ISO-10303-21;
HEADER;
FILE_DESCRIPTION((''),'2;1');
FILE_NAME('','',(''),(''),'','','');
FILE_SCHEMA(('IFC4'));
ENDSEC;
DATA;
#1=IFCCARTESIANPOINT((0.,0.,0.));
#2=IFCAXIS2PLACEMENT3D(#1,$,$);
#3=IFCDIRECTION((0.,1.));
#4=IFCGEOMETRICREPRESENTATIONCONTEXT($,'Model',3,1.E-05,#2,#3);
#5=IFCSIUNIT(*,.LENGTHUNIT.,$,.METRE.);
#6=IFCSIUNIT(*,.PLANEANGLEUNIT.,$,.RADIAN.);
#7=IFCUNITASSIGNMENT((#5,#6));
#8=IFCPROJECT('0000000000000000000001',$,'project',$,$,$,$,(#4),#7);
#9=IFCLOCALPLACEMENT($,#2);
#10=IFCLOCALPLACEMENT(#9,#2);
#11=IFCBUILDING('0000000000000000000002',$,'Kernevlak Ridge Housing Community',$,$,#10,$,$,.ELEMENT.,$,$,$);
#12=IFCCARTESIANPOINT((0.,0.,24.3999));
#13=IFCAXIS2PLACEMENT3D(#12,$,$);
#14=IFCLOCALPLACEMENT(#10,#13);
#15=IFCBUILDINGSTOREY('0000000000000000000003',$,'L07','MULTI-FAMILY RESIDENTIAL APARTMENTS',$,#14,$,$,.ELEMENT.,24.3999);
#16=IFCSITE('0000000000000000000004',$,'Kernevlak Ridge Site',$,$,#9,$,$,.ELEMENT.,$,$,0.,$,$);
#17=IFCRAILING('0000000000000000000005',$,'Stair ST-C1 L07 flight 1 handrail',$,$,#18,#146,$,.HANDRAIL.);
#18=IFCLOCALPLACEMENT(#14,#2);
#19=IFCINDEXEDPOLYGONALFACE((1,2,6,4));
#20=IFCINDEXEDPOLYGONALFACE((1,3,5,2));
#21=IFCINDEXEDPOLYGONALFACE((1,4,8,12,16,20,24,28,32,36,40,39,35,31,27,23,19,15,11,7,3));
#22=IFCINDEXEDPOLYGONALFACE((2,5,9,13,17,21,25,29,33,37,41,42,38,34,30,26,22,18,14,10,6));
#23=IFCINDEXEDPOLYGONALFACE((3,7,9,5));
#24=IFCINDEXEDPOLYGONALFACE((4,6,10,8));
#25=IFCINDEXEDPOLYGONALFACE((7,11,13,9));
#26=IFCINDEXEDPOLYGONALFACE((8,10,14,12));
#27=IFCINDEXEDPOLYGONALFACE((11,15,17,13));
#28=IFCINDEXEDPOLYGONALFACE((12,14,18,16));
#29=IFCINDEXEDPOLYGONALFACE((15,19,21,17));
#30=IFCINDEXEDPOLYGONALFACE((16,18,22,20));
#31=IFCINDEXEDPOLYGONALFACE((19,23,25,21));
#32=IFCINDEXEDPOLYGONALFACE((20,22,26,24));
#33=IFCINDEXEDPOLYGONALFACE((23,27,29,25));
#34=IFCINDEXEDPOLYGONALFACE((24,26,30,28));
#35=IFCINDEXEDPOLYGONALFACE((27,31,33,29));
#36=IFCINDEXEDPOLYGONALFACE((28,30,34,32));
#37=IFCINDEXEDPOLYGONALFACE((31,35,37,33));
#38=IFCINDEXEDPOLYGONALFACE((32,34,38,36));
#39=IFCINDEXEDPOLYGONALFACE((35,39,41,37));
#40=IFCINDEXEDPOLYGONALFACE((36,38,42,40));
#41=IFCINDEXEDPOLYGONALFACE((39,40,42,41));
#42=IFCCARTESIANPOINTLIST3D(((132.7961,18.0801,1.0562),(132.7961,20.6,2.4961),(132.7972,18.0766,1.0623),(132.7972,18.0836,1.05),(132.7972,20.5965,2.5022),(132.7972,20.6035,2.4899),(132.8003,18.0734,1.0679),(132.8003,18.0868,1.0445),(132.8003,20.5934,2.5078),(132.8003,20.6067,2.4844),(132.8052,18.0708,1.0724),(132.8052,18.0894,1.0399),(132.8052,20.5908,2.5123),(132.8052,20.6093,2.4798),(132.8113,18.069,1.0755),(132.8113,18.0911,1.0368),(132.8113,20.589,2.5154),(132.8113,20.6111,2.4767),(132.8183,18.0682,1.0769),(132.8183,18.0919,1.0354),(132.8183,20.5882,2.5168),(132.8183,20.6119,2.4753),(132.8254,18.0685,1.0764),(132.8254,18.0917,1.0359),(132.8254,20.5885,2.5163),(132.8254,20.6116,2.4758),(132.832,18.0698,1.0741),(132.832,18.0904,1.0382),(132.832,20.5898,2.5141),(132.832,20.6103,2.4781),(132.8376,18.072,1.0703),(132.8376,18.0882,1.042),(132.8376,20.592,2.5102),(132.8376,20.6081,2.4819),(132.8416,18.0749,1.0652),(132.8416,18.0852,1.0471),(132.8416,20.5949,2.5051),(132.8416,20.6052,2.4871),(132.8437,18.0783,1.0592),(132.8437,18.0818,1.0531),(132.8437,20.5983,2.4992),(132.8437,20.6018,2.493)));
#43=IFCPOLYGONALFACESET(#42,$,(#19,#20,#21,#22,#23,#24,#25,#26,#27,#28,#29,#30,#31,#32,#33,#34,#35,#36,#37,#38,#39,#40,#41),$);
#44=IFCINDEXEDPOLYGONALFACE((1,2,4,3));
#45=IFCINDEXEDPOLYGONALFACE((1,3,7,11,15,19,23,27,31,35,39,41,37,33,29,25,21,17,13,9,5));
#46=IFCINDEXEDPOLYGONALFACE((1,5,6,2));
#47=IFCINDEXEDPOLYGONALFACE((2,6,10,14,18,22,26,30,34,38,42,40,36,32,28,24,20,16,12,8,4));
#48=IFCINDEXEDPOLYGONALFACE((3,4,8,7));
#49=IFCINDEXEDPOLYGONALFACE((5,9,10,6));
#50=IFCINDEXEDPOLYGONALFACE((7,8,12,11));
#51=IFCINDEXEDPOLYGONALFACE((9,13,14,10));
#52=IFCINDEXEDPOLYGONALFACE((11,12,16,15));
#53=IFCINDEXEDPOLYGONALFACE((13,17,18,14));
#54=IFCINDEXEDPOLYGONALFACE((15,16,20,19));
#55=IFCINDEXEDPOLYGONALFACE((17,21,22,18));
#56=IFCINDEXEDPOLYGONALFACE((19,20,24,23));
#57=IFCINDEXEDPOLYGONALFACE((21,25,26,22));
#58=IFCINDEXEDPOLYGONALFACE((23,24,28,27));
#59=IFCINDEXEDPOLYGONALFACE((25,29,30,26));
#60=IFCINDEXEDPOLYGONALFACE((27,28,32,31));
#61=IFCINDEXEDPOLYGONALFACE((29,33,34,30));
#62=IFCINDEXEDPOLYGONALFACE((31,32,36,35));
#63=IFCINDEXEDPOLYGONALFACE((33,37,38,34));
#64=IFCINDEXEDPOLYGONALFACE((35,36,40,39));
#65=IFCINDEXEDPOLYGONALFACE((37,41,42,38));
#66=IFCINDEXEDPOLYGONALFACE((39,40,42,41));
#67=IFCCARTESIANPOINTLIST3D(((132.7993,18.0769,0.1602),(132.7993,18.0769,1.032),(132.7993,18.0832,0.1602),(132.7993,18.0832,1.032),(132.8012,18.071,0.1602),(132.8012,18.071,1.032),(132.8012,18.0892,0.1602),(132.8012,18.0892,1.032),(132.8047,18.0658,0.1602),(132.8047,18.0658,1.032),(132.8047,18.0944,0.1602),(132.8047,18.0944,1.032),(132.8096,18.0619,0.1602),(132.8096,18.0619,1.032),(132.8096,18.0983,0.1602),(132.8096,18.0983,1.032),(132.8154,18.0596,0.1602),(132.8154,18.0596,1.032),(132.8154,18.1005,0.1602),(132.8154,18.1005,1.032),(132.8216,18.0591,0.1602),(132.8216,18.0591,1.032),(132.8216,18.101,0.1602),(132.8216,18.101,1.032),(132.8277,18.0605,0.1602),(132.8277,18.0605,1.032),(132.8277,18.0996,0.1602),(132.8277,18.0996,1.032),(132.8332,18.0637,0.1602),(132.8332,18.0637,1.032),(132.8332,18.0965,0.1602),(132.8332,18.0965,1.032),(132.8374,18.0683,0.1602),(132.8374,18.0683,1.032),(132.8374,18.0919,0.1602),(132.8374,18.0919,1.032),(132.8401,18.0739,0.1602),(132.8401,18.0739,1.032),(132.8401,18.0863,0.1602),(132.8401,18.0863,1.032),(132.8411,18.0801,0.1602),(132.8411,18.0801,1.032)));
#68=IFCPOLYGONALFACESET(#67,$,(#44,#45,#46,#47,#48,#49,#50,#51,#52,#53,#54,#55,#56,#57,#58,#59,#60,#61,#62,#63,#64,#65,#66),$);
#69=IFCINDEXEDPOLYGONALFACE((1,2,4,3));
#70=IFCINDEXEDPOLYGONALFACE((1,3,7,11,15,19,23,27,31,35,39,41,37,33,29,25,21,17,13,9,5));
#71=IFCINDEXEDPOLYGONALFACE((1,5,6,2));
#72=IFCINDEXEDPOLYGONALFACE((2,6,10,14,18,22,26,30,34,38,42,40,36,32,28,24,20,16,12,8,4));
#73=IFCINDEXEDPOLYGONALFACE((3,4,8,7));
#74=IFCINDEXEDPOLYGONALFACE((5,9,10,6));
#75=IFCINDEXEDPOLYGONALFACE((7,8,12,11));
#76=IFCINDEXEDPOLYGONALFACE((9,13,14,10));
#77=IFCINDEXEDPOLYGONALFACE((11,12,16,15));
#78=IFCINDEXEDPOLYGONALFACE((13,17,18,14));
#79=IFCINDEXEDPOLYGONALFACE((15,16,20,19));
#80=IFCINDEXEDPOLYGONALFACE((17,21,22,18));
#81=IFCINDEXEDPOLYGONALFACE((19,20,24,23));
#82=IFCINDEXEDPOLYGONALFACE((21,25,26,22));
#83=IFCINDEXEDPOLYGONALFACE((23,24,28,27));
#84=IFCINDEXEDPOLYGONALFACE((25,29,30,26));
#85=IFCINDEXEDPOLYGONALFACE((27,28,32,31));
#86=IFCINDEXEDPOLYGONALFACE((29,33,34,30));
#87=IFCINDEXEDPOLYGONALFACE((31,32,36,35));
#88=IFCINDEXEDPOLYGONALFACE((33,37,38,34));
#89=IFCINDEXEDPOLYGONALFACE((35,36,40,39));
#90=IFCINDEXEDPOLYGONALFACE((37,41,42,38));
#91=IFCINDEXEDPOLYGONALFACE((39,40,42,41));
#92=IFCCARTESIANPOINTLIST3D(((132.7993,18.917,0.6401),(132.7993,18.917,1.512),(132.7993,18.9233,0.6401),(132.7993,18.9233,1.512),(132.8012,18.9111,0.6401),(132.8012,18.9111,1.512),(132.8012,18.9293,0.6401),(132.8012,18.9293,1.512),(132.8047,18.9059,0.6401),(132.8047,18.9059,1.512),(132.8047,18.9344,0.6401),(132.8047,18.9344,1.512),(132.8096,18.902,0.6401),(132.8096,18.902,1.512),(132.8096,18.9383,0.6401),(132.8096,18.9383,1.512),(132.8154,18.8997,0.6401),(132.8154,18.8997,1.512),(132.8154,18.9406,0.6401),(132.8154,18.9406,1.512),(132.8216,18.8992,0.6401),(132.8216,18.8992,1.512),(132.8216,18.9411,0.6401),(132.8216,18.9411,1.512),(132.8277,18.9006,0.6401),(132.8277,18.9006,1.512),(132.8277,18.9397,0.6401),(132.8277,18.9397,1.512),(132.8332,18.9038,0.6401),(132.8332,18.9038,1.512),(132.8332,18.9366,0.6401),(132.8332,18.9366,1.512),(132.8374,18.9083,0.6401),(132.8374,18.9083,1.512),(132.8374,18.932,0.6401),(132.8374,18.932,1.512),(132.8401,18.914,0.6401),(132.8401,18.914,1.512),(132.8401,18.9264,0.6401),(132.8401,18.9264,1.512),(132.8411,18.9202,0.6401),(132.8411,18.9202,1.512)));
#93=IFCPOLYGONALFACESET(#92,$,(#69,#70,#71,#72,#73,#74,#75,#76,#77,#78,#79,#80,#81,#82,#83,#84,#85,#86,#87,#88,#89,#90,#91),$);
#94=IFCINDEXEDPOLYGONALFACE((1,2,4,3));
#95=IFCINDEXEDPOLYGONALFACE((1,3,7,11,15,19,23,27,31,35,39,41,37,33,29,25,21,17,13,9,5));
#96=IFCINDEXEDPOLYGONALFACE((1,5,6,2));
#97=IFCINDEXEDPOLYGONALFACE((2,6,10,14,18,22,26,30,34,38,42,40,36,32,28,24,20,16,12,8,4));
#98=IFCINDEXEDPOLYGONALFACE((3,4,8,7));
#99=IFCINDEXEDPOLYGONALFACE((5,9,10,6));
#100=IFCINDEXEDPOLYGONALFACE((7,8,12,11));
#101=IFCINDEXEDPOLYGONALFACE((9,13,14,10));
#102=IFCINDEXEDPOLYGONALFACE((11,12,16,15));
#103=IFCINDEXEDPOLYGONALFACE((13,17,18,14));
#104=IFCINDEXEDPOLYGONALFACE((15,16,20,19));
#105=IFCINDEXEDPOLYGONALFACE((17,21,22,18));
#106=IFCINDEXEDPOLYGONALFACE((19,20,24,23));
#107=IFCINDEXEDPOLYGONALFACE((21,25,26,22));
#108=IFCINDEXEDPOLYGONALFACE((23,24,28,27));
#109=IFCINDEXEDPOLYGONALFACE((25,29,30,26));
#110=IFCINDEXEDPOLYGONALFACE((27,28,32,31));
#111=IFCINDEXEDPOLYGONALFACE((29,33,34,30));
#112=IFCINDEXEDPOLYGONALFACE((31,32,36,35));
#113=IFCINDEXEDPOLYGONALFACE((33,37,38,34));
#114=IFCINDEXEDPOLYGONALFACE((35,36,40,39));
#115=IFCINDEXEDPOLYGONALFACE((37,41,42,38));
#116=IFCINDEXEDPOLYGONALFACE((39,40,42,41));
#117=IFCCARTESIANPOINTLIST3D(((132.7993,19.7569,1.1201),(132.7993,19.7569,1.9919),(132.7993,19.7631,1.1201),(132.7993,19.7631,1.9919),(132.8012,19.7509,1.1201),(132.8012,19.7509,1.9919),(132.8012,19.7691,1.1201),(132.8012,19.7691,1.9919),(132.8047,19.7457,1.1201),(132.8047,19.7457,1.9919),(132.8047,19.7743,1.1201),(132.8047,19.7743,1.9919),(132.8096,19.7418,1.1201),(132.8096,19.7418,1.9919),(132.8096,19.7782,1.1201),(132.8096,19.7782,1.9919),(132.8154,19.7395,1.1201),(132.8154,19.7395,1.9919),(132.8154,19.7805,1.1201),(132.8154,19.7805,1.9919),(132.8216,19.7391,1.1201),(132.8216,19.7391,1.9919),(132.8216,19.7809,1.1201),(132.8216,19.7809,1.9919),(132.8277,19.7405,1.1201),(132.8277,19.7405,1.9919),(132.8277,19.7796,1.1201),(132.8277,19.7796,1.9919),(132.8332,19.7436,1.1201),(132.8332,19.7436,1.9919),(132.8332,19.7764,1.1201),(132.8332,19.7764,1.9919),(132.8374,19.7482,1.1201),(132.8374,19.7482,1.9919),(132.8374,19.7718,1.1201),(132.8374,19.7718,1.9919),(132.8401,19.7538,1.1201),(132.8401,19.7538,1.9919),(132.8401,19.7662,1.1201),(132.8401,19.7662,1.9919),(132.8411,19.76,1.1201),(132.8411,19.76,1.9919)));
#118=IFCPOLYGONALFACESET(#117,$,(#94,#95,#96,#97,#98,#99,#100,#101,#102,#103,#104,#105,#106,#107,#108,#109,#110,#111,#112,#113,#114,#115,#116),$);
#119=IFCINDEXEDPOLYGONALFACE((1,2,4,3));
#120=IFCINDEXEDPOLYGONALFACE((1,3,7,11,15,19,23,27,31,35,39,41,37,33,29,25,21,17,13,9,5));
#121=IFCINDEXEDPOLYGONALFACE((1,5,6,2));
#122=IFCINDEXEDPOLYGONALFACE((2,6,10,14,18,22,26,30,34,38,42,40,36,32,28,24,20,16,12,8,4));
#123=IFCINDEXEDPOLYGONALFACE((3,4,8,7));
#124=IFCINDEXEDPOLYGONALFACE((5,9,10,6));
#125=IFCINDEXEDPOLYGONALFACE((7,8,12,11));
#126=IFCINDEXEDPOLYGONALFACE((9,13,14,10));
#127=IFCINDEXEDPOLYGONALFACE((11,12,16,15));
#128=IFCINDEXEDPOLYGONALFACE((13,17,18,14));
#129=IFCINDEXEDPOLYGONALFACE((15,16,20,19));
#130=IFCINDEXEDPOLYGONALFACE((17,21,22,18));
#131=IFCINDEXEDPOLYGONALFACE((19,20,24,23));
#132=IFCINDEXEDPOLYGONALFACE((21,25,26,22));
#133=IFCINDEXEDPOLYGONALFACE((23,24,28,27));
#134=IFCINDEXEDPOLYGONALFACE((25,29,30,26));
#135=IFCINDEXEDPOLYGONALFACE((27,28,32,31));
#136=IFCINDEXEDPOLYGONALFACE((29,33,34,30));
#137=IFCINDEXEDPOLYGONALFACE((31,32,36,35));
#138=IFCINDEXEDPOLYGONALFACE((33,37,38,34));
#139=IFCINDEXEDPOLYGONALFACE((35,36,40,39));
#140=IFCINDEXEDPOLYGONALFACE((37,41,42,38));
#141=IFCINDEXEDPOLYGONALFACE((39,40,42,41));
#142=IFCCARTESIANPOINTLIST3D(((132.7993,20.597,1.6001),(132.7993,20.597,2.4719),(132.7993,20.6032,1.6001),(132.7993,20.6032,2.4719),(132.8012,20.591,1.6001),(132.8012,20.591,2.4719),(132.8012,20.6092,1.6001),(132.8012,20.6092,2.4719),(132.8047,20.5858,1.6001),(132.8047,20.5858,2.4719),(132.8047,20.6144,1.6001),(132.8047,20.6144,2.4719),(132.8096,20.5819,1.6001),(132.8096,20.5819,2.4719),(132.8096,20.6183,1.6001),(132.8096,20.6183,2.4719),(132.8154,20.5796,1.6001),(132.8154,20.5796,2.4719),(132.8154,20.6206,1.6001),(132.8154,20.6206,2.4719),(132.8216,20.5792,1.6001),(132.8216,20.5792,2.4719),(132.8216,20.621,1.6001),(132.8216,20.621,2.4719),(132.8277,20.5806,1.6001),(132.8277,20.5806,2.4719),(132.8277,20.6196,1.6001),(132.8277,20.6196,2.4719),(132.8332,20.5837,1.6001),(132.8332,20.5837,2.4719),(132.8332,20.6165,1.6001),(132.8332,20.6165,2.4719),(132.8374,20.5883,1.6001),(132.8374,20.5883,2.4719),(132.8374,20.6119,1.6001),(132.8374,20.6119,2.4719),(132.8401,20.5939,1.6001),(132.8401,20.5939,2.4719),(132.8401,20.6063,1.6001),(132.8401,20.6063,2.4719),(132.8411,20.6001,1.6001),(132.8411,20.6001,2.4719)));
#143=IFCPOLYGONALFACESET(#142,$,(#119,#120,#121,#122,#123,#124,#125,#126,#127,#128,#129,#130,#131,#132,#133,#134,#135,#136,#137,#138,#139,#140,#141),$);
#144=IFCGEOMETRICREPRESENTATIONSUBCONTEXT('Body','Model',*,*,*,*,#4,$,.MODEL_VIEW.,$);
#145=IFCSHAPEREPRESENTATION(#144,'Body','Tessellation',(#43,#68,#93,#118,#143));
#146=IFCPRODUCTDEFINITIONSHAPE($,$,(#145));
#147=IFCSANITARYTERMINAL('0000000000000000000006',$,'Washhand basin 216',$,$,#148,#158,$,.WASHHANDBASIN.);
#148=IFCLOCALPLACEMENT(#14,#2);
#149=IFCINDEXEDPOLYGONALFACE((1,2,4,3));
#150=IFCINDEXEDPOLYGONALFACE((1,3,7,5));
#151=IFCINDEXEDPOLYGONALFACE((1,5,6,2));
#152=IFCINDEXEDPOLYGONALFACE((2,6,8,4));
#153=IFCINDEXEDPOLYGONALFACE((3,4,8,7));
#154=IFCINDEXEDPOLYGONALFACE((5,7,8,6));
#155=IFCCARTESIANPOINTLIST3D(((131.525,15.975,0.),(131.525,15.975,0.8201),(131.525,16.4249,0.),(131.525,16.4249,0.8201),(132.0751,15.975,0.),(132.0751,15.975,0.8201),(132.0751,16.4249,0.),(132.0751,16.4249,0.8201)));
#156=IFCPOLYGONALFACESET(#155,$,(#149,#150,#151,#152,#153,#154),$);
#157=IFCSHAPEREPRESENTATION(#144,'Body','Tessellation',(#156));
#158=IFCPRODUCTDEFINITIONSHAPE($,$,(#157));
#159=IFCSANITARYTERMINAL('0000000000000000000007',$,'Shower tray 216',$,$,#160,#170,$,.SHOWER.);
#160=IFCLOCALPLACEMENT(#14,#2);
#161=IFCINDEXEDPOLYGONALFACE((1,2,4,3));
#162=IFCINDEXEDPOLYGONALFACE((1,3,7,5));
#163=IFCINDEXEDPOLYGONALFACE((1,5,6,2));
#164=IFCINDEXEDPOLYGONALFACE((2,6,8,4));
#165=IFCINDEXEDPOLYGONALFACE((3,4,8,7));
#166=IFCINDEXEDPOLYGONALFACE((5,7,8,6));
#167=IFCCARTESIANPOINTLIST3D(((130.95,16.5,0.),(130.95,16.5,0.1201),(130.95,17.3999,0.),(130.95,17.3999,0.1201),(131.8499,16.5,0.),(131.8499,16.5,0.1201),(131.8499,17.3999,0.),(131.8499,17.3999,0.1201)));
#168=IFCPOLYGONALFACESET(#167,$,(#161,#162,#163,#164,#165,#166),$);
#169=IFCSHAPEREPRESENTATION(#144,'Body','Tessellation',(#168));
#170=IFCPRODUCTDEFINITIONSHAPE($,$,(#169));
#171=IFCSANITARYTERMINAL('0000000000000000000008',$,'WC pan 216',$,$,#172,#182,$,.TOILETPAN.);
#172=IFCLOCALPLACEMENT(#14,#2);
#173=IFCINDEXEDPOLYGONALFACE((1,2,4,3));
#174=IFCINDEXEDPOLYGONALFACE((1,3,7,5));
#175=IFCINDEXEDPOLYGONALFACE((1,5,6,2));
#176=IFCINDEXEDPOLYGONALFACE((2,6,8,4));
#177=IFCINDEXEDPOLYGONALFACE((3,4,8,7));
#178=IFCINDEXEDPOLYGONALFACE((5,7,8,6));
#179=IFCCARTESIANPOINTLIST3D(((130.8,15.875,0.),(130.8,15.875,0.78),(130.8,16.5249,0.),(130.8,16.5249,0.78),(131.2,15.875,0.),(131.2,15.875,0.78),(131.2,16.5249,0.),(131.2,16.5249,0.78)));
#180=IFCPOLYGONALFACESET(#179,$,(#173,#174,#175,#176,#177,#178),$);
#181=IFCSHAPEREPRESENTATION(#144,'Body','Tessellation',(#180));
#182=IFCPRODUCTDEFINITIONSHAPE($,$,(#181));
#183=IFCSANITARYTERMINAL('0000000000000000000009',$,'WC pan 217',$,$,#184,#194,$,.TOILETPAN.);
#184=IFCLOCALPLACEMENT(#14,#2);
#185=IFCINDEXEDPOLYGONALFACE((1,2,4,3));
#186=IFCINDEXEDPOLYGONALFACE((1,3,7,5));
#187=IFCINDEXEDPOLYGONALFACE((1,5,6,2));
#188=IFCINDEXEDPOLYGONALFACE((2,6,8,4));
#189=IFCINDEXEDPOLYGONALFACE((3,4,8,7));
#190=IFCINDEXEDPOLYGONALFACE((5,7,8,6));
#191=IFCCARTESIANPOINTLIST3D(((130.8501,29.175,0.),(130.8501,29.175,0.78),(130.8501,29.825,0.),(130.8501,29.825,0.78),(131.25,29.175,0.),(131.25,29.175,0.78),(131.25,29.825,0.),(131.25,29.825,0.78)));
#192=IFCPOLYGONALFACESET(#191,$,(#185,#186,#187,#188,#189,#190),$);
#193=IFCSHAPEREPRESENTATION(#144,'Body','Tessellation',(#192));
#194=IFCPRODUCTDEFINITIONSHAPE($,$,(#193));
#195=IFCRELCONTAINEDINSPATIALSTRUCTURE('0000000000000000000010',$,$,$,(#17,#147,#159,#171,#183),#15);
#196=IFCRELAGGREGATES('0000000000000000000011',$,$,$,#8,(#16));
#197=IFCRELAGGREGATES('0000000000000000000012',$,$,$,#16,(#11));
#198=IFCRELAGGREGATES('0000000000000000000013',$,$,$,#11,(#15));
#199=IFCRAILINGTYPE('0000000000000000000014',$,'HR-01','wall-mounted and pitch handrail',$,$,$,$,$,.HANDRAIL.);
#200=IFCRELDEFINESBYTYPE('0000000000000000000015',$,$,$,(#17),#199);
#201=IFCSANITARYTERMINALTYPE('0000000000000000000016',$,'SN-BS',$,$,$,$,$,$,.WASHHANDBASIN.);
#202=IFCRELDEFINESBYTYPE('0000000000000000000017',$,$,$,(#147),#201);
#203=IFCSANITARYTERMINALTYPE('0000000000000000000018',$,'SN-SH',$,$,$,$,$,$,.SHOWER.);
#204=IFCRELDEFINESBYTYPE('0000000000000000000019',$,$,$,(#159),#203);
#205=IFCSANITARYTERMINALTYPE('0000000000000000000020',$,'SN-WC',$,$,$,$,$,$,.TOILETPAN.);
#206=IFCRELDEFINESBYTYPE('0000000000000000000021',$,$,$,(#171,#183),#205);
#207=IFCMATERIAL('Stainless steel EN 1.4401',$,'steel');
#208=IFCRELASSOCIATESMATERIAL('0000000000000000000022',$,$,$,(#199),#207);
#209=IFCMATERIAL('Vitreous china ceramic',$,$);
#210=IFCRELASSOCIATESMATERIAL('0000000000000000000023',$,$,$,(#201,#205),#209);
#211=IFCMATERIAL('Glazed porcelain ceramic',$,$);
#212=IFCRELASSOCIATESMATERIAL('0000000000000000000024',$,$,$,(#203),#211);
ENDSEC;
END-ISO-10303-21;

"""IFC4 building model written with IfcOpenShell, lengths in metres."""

from ifc_helpers import new_model, si_unit, direction, frame, origin, origin_2d, place, context, subcontext, project, spatial, rectangle, circle, extrude, material, type_object, element, save


model = new_model("IFC4")

# Units and contexts
model_context = context("Model", 3, precision=1e-05, world=origin(), true_north=direction((0.0, 1.0)))
body_context = subcontext(model_context, "Body", "Model", "MODEL_VIEW")
ifc_project = project(units=[si_unit("LENGTHUNIT", "METRE"), si_unit("PLANEANGLEUNIT", "RADIAN")], contexts=[model_context])

# Site, building, storey
site_placement = place(None, origin())
site = spatial("IfcSite", under=ifc_project, at=site_placement, Name="Kernevlak Ridge Site", CompositionType="ELEMENT", RefElevation=0.0)
building_placement = place(site_placement, origin())
building = spatial("IfcBuilding", under=site, at=building_placement, Name="Kernevlak Ridge Housing Community", CompositionType="ELEMENT")
storey_placement = place(building_placement, frame((0.0, 0.0, 24.3999)))
storey = spatial("IfcBuildingStorey", under=building, at=storey_placement, Name="L07", Description="MULTI-FAMILY RESIDENTIAL APARTMENTS", CompositionType="ELEMENT", Elevation=24.3999)

# Railing
ifc_material_1 = material(Name="Stainless steel EN 1.4401", Category="steel")
railing_type_1 = type_object("IfcRailingType", Name="HR-01", Description="wall-mounted and pitch handrail", PredefinedType="HANDRAIL", material=ifc_material_1)
railing_1_placement = place(storey_placement, frame((132.8201, 18.0801, 0.1602)))
element("IfcRailing", 1, at=railing_1_placement, inside=storey, type_object=railing_type_1, Name="Stair ST-C1 L07 flight 1 handrail", PredefinedType="HANDRAIL", context=body_context, shape_type="SweptSolid", body=[
    extrude(circle(Radius=0.0239, at=origin_2d()), frame((0.0, 0.0, 0.896), z_axis=(0.0, 0.868253, 0.496121), x_axis=(-1.0, 0.0, 0.0)), (0.0, 0.0, 1.0), 2.9023),
    extrude(circle(Radius=0.021, at=origin_2d()), origin(), (0.0, 0.0, 1.0), 0.8718),
    extrude(circle(Radius=0.021, at=origin_2d()), frame((0.0, 0.8401, 0.48)), (0.0, 0.0, 1.0), 0.8718),
    extrude(circle(Radius=0.021, at=origin_2d()), frame((0.0, 1.6799, 0.96)), (0.0, 0.0, 1.0), 0.8718),
    extrude(circle(Radius=0.021, at=origin_2d()), frame((0.0, 2.52, 1.4399)), (0.0, 0.0, 1.0), 0.8718),
])

# Sanitary terminals
ifc_material_2 = material(Name="Vitreous china ceramic")
sanitary_terminal_type_1 = type_object("IfcSanitaryTerminalType", Name="SN-BS", PredefinedType="WASHHANDBASIN", material=ifc_material_2)
sanitary_terminal_1_placement = place(storey_placement, frame((131.8, 16.2, 0.0), z_axis=(0.0, 0.0, 1.0), x_axis=(1.0, 0.0, 0.0)))
element("IfcSanitaryTerminal", 2, at=sanitary_terminal_1_placement, inside=storey, type_object=sanitary_terminal_type_1, Name="Washhand basin 216", PredefinedType="WASHHANDBASIN", context=body_context, shape_type="SweptSolid", body=[
    extrude(rectangle(XDim=0.55, YDim=0.45, at=origin_2d()), origin(), (0.0, 0.0, 1.0), 0.8201),
])
ifc_material_3 = material(Name="Glazed porcelain ceramic")
sanitary_terminal_type_2 = type_object("IfcSanitaryTerminalType", Name="SN-SH", PredefinedType="SHOWER", material=ifc_material_3)
sanitary_terminal_2_placement = place(storey_placement, frame((131.3999, 16.95, 0.0), z_axis=(0.0, 0.0, 1.0), x_axis=(1.0, 0.0, 0.0)))
element("IfcSanitaryTerminal", 3, at=sanitary_terminal_2_placement, inside=storey, type_object=sanitary_terminal_type_2, Name="Shower tray 216", PredefinedType="SHOWER", context=body_context, shape_type="SweptSolid", body=[
    extrude(rectangle(XDim=0.8999, YDim=0.8999, at=origin_2d()), origin(), (0.0, 0.0, 1.0), 0.1201),
])
sanitary_terminal_type_3 = type_object("IfcSanitaryTerminalType", Name="SN-WC", PredefinedType="TOILETPAN", material=ifc_material_2)
for number, where, z_axis, x_axis, name in (
    (4, (131.0, 16.2, 0.0), (0.0, 0.0, 1.0), (1.0, 0.0, 0.0), "WC pan 216"),
    (5, (131.05, 29.5, 0.0), (0.0, 0.0, 1.0), (1.0, 0.0, 0.0), "WC pan 217"),
):
    element("IfcSanitaryTerminal", number, at=place(storey_placement, frame(where, z_axis=z_axis, x_axis=x_axis)), inside=storey, type_object=sanitary_terminal_type_3, Name=name, PredefinedType="TOILETPAN", context=body_context, shape_type="SweptSolid", body=[
        extrude(rectangle(XDim=0.3999, YDim=0.6499, at=origin_2d()), origin(), (0.0, 0.0, 1.0), 0.78),
    ])

save(model, "model.ifc")
